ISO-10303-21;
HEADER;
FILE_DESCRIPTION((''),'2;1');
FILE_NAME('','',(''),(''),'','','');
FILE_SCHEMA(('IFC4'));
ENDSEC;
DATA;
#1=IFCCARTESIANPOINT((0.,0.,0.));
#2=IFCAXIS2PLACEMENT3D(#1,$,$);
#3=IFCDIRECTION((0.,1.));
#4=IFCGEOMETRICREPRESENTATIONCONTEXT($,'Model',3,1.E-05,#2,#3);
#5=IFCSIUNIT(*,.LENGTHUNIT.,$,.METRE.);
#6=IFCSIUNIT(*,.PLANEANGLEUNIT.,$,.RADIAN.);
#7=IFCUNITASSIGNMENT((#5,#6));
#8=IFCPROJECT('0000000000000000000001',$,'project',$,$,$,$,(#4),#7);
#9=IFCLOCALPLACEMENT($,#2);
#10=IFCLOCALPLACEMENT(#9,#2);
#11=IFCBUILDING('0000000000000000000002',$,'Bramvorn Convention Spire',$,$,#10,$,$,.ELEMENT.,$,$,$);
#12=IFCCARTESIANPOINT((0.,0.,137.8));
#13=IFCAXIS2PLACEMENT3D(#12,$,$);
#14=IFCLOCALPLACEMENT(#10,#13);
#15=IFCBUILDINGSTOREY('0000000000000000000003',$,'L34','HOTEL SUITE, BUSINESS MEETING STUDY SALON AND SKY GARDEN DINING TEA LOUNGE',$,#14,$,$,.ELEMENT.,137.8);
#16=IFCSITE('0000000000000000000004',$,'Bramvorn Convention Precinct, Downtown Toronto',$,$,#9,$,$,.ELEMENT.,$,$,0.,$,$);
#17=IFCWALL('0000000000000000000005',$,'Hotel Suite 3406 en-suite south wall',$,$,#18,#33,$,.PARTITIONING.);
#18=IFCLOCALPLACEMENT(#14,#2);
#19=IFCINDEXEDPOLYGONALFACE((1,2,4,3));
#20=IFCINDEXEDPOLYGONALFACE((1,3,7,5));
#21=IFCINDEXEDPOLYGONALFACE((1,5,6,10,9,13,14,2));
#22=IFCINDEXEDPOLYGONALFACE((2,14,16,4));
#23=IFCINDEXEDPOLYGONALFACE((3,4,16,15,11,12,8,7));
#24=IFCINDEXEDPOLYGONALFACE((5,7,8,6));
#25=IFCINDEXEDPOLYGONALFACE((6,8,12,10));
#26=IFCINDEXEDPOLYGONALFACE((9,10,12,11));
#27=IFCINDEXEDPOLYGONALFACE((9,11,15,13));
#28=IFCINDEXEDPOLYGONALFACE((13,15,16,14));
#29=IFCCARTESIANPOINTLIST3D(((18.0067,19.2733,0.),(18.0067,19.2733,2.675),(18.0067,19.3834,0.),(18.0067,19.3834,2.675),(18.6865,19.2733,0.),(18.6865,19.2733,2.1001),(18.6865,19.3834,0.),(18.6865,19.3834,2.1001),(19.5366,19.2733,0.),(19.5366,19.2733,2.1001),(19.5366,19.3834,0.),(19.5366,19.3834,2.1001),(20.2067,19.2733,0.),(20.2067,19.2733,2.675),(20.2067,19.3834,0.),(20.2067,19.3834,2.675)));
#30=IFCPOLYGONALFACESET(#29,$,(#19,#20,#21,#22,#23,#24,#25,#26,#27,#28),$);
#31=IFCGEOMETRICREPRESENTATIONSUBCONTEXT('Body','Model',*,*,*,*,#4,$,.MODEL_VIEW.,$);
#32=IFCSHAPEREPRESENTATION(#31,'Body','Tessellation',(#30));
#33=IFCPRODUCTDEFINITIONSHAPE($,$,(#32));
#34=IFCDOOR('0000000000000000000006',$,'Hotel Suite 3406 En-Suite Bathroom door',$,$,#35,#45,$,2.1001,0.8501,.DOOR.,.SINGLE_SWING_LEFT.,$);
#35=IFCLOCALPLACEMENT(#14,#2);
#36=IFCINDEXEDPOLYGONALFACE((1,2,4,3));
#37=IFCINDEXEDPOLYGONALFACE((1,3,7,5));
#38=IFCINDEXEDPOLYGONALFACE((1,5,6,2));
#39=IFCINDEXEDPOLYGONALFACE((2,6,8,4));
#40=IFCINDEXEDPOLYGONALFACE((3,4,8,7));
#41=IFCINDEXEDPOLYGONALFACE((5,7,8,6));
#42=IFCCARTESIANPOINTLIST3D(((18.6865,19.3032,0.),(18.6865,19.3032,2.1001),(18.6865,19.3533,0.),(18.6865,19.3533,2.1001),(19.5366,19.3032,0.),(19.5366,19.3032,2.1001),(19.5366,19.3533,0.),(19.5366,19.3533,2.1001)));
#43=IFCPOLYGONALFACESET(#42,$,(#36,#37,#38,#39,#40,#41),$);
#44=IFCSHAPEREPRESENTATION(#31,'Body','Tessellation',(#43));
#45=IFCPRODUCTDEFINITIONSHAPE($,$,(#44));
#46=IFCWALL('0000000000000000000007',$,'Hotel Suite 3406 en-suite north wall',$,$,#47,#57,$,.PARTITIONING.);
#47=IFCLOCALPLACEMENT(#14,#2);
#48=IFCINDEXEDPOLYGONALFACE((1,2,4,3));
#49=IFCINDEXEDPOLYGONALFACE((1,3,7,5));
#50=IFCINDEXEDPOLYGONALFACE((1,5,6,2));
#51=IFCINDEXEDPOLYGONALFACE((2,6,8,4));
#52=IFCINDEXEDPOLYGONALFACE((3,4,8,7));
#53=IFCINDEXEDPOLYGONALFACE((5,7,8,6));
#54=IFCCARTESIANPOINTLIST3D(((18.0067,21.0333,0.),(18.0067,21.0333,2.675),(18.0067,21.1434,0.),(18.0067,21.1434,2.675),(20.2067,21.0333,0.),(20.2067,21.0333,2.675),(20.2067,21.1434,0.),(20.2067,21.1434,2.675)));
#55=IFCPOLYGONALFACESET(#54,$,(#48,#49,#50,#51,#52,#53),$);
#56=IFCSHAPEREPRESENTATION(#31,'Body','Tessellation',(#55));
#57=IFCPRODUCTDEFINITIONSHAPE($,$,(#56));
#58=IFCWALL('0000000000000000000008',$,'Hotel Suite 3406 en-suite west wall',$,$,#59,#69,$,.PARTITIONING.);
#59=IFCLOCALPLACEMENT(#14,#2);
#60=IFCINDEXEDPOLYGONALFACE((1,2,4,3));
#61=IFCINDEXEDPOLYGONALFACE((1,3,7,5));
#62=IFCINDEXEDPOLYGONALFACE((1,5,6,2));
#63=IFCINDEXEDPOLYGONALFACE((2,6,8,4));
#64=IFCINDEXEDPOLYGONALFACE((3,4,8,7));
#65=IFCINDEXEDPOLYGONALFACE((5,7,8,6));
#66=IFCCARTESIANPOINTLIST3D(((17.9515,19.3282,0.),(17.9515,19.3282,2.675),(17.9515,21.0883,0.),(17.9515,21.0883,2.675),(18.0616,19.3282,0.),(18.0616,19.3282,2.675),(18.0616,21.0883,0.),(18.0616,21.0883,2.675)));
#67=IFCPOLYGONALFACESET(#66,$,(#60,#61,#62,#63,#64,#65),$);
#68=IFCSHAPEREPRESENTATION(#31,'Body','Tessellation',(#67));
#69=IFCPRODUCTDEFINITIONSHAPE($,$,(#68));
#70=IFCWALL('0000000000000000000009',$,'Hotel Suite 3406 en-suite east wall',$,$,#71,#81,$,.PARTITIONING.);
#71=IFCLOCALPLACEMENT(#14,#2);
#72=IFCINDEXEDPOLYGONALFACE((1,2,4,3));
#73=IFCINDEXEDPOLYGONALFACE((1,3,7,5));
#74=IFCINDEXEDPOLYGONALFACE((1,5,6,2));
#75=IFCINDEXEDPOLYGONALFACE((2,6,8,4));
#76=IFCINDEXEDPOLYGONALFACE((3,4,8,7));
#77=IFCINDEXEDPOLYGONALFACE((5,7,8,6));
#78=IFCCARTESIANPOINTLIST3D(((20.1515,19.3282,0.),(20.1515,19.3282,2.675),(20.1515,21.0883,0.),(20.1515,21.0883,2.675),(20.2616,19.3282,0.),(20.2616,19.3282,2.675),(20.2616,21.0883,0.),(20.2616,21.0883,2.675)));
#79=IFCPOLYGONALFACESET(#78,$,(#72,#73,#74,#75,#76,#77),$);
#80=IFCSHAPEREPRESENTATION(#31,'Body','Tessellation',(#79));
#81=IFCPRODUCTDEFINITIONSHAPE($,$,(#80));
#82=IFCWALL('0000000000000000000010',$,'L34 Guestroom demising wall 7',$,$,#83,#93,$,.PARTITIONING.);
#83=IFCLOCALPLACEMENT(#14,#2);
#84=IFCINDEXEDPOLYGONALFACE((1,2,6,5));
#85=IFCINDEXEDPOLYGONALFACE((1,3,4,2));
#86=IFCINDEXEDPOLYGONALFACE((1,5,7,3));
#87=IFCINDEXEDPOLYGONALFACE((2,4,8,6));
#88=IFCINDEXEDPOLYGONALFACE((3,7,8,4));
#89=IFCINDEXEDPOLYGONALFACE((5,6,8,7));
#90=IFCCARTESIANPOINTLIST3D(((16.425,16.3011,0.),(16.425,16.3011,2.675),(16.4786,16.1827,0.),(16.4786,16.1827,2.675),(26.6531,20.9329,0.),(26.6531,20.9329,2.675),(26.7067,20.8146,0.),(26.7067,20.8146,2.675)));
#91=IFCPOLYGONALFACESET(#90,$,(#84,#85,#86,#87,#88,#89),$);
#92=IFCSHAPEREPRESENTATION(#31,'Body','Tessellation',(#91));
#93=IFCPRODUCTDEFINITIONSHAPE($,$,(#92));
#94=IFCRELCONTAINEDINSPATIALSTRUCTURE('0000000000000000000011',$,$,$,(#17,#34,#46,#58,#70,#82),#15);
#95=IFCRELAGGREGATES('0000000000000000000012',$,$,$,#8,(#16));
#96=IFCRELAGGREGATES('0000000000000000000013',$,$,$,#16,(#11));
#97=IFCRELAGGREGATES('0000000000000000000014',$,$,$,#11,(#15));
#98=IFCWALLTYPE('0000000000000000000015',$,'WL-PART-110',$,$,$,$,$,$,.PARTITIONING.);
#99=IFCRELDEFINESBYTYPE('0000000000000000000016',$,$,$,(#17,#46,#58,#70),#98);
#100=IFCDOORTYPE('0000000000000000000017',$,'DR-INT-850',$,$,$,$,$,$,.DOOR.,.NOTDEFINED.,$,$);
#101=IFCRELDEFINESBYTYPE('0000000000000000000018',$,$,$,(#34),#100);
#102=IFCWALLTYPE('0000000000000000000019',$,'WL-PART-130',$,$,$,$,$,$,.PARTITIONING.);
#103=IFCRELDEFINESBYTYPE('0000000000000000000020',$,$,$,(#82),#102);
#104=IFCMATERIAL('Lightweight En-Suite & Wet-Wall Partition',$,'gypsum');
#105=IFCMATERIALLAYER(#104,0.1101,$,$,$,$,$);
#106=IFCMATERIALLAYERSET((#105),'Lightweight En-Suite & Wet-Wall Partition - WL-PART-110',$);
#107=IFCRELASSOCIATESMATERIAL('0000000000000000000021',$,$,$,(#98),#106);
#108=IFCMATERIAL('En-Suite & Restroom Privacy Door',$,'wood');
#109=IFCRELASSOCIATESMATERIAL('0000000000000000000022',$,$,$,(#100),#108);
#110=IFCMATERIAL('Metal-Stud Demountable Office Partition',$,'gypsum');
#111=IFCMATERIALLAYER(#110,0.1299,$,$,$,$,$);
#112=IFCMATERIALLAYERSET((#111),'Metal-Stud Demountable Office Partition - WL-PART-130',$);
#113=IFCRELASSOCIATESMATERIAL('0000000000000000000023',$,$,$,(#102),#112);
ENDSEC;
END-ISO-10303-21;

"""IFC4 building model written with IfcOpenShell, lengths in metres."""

from ifc_helpers import new_model, si_unit, direction, frame, frame_2d, origin, place, context, subcontext, project, spatial, rectangle, extrude, material, layer, layer_set, type_object, element, fill, save


model = new_model("IFC4")

# Units and contexts
model_context = context("Model", 3, precision=1e-05, world=origin(), true_north=direction((0.0, 1.0)))
body_context = subcontext(model_context, "Body", "Model", "MODEL_VIEW")
ifc_project = project(units=[si_unit("LENGTHUNIT", "METRE"), si_unit("PLANEANGLEUNIT", "RADIAN")], contexts=[model_context])

# Site, building, storey
site_placement = place(None, origin())
site = spatial("IfcSite", under=ifc_project, at=site_placement, Name="Bramvorn Convention Precinct, Downtown Toronto", CompositionType="ELEMENT", RefElevation=0.0)
building_placement = place(site_placement, origin())
building = spatial("IfcBuilding", under=site, at=building_placement, Name="Bramvorn Convention Spire", CompositionType="ELEMENT")
storey_placement = place(building_placement, frame((0.0, 0.0, 137.8)))
storey = spatial("IfcBuildingStorey", under=building, at=storey_placement, Name="L34", Description="HOTEL SUITE, BUSINESS MEETING STUDY SALON AND SKY GARDEN DINING TEA LOUNGE", CompositionType="ELEMENT", Elevation=137.8)

# Wall, opening, door
ifc_material_1 = material(Name="Lightweight En-Suite & Wet-Wall Partition", Category="gypsum")
ifc_layer_1 = layer(ifc_material_1, 0.1101)
ifc_layer_set_1 = layer_set([ifc_layer_1], Name="Lightweight En-Suite & Wet-Wall Partition - WL-PART-110")
wall_type_1 = type_object("IfcWallType", Name="WL-PART-110", PredefinedType="PARTITIONING", material=ifc_layer_set_1)
wall_1_placement = place(storey_placement, frame((18.0066, 19.3284, 0.0), z_axis=(0.0, 0.0, 1.0), x_axis=(1.0, 0.0, 0.0)))
wall_1 = element("IfcWall", 1, at=wall_1_placement, inside=storey, type_object=wall_type_1, Name="Hotel Suite 3406 en-suite south wall", PredefinedType="PARTITIONING", context=body_context, shape_type="SweptSolid", body=[
    extrude(rectangle(XDim=2.2, YDim=0.1101, at=frame_2d((1.1001, 0.0))), origin(), (0.0, 0.0, 1.0), 2.675),
])
opening_1_placement = place(wall_1_placement, frame((0.6799, 0.0, 0.0)))
opening_1 = element("IfcOpeningElement", 2, at=opening_1_placement, cuts=wall_1, PredefinedType="OPENING", context=body_context, shape_type="SweptSolid", body=[
    extrude(rectangle(XDim=0.8501, YDim=2.1001, at=frame_2d((0.425, 1.05))), frame((0.0, 0.0649, 0.0), z_axis=(0.0, -1.0, 0.0), x_axis=(1.0, 0.0, 0.0)), (0.0, 0.0, 1.0), 0.1301),
])
ifc_material_2 = material(Name="En-Suite & Restroom Privacy Door", Category="wood")
door_type_1 = type_object("IfcDoorType", Name="DR-INT-850", OperationType="NOTDEFINED", PredefinedType="DOOR", material=ifc_material_2)
door_1_placement = place(opening_1_placement, origin())
door_1 = element("IfcDoor", 3, at=door_1_placement, inside=storey, type_object=door_type_1, Name="Hotel Suite 3406 En-Suite Bathroom door", OperationType="SINGLE_SWING_LEFT", OverallHeight=2.1001, OverallWidth=0.8501, PredefinedType="DOOR", context=body_context, shape_type="SweptSolid", body=[
    extrude(rectangle(XDim=0.8501, YDim=2.1001, at=frame_2d((0.425, 1.05))), frame((0.0, 0.0249, 0.0), z_axis=(0.0, -1.0, 0.0), x_axis=(1.0, 0.0, 0.0)), (0.0, 0.0, 1.0), 0.05),
])
fill(opening_1, door_1)

# Walls
wall_2_placement = place(storey_placement, frame((18.0066, 21.0884, 0.0), z_axis=(0.0, 0.0, 1.0), x_axis=(1.0, 0.0, 0.0)))
element("IfcWall", 4, at=wall_2_placement, inside=storey, type_object=wall_type_1, Name="Hotel Suite 3406 en-suite north wall", PredefinedType="PARTITIONING", context=body_context, shape_type="SweptSolid", body=[
    extrude(rectangle(XDim=2.2, YDim=0.1101, at=frame_2d((1.1001, 0.0))), origin(), (0.0, 0.0, 1.0), 2.675),
])
for number, where, z_axis, x_axis, name in (
    (5, (18.0066, 19.3284, 0.0), (0.0, 0.0, 1.0), (0.0, 1.0, 0.0), "Hotel Suite 3406 en-suite west wall"),
    (6, (20.2065, 19.3284, 0.0), (0.0, 0.0, 1.0), (0.0, 1.0, 0.0), "Hotel Suite 3406 en-suite east wall"),
):
    element("IfcWall", number, at=place(storey_placement, frame(where, z_axis=z_axis, x_axis=x_axis)), inside=storey, type_object=wall_type_1, Name=name, PredefinedType="PARTITIONING", context=body_context, shape_type="SweptSolid", body=[
        extrude(rectangle(XDim=1.76, YDim=0.1101, at=frame_2d((0.8799, 0.0))), origin(), (0.0, 0.0, 1.0), 2.675),
    ])
ifc_material_3 = material(Name="Metal-Stud Demountable Office Partition", Category="gypsum")
ifc_layer_2 = layer(ifc_material_3, 0.1299)
ifc_layer_set_2 = layer_set([ifc_layer_2], Name="Metal-Stud Demountable Office Partition - WL-PART-130")
wall_type_2 = type_object("IfcWallType", Name="WL-PART-130", PredefinedType="PARTITIONING", material=ifc_layer_set_2)
wall_3_placement = place(storey_placement, frame((26.6799, 20.8738, 0.0), z_axis=(0.0, 0.0, 1.0), x_axis=(-0.910945, -0.412528, 0.0)))
element("IfcWall", 7, at=wall_3_placement, inside=storey, type_object=wall_type_2, Name="L34 Guestroom demising wall 7", PredefinedType="PARTITIONING", context=body_context, shape_type="SweptSolid", body=[
    extrude(rectangle(XDim=11.228, YDim=0.1299, at=frame_2d((5.614, 0.0))), origin(), (0.0, 0.0, 1.0), 2.675),
])

save(model, "model.ifc")
